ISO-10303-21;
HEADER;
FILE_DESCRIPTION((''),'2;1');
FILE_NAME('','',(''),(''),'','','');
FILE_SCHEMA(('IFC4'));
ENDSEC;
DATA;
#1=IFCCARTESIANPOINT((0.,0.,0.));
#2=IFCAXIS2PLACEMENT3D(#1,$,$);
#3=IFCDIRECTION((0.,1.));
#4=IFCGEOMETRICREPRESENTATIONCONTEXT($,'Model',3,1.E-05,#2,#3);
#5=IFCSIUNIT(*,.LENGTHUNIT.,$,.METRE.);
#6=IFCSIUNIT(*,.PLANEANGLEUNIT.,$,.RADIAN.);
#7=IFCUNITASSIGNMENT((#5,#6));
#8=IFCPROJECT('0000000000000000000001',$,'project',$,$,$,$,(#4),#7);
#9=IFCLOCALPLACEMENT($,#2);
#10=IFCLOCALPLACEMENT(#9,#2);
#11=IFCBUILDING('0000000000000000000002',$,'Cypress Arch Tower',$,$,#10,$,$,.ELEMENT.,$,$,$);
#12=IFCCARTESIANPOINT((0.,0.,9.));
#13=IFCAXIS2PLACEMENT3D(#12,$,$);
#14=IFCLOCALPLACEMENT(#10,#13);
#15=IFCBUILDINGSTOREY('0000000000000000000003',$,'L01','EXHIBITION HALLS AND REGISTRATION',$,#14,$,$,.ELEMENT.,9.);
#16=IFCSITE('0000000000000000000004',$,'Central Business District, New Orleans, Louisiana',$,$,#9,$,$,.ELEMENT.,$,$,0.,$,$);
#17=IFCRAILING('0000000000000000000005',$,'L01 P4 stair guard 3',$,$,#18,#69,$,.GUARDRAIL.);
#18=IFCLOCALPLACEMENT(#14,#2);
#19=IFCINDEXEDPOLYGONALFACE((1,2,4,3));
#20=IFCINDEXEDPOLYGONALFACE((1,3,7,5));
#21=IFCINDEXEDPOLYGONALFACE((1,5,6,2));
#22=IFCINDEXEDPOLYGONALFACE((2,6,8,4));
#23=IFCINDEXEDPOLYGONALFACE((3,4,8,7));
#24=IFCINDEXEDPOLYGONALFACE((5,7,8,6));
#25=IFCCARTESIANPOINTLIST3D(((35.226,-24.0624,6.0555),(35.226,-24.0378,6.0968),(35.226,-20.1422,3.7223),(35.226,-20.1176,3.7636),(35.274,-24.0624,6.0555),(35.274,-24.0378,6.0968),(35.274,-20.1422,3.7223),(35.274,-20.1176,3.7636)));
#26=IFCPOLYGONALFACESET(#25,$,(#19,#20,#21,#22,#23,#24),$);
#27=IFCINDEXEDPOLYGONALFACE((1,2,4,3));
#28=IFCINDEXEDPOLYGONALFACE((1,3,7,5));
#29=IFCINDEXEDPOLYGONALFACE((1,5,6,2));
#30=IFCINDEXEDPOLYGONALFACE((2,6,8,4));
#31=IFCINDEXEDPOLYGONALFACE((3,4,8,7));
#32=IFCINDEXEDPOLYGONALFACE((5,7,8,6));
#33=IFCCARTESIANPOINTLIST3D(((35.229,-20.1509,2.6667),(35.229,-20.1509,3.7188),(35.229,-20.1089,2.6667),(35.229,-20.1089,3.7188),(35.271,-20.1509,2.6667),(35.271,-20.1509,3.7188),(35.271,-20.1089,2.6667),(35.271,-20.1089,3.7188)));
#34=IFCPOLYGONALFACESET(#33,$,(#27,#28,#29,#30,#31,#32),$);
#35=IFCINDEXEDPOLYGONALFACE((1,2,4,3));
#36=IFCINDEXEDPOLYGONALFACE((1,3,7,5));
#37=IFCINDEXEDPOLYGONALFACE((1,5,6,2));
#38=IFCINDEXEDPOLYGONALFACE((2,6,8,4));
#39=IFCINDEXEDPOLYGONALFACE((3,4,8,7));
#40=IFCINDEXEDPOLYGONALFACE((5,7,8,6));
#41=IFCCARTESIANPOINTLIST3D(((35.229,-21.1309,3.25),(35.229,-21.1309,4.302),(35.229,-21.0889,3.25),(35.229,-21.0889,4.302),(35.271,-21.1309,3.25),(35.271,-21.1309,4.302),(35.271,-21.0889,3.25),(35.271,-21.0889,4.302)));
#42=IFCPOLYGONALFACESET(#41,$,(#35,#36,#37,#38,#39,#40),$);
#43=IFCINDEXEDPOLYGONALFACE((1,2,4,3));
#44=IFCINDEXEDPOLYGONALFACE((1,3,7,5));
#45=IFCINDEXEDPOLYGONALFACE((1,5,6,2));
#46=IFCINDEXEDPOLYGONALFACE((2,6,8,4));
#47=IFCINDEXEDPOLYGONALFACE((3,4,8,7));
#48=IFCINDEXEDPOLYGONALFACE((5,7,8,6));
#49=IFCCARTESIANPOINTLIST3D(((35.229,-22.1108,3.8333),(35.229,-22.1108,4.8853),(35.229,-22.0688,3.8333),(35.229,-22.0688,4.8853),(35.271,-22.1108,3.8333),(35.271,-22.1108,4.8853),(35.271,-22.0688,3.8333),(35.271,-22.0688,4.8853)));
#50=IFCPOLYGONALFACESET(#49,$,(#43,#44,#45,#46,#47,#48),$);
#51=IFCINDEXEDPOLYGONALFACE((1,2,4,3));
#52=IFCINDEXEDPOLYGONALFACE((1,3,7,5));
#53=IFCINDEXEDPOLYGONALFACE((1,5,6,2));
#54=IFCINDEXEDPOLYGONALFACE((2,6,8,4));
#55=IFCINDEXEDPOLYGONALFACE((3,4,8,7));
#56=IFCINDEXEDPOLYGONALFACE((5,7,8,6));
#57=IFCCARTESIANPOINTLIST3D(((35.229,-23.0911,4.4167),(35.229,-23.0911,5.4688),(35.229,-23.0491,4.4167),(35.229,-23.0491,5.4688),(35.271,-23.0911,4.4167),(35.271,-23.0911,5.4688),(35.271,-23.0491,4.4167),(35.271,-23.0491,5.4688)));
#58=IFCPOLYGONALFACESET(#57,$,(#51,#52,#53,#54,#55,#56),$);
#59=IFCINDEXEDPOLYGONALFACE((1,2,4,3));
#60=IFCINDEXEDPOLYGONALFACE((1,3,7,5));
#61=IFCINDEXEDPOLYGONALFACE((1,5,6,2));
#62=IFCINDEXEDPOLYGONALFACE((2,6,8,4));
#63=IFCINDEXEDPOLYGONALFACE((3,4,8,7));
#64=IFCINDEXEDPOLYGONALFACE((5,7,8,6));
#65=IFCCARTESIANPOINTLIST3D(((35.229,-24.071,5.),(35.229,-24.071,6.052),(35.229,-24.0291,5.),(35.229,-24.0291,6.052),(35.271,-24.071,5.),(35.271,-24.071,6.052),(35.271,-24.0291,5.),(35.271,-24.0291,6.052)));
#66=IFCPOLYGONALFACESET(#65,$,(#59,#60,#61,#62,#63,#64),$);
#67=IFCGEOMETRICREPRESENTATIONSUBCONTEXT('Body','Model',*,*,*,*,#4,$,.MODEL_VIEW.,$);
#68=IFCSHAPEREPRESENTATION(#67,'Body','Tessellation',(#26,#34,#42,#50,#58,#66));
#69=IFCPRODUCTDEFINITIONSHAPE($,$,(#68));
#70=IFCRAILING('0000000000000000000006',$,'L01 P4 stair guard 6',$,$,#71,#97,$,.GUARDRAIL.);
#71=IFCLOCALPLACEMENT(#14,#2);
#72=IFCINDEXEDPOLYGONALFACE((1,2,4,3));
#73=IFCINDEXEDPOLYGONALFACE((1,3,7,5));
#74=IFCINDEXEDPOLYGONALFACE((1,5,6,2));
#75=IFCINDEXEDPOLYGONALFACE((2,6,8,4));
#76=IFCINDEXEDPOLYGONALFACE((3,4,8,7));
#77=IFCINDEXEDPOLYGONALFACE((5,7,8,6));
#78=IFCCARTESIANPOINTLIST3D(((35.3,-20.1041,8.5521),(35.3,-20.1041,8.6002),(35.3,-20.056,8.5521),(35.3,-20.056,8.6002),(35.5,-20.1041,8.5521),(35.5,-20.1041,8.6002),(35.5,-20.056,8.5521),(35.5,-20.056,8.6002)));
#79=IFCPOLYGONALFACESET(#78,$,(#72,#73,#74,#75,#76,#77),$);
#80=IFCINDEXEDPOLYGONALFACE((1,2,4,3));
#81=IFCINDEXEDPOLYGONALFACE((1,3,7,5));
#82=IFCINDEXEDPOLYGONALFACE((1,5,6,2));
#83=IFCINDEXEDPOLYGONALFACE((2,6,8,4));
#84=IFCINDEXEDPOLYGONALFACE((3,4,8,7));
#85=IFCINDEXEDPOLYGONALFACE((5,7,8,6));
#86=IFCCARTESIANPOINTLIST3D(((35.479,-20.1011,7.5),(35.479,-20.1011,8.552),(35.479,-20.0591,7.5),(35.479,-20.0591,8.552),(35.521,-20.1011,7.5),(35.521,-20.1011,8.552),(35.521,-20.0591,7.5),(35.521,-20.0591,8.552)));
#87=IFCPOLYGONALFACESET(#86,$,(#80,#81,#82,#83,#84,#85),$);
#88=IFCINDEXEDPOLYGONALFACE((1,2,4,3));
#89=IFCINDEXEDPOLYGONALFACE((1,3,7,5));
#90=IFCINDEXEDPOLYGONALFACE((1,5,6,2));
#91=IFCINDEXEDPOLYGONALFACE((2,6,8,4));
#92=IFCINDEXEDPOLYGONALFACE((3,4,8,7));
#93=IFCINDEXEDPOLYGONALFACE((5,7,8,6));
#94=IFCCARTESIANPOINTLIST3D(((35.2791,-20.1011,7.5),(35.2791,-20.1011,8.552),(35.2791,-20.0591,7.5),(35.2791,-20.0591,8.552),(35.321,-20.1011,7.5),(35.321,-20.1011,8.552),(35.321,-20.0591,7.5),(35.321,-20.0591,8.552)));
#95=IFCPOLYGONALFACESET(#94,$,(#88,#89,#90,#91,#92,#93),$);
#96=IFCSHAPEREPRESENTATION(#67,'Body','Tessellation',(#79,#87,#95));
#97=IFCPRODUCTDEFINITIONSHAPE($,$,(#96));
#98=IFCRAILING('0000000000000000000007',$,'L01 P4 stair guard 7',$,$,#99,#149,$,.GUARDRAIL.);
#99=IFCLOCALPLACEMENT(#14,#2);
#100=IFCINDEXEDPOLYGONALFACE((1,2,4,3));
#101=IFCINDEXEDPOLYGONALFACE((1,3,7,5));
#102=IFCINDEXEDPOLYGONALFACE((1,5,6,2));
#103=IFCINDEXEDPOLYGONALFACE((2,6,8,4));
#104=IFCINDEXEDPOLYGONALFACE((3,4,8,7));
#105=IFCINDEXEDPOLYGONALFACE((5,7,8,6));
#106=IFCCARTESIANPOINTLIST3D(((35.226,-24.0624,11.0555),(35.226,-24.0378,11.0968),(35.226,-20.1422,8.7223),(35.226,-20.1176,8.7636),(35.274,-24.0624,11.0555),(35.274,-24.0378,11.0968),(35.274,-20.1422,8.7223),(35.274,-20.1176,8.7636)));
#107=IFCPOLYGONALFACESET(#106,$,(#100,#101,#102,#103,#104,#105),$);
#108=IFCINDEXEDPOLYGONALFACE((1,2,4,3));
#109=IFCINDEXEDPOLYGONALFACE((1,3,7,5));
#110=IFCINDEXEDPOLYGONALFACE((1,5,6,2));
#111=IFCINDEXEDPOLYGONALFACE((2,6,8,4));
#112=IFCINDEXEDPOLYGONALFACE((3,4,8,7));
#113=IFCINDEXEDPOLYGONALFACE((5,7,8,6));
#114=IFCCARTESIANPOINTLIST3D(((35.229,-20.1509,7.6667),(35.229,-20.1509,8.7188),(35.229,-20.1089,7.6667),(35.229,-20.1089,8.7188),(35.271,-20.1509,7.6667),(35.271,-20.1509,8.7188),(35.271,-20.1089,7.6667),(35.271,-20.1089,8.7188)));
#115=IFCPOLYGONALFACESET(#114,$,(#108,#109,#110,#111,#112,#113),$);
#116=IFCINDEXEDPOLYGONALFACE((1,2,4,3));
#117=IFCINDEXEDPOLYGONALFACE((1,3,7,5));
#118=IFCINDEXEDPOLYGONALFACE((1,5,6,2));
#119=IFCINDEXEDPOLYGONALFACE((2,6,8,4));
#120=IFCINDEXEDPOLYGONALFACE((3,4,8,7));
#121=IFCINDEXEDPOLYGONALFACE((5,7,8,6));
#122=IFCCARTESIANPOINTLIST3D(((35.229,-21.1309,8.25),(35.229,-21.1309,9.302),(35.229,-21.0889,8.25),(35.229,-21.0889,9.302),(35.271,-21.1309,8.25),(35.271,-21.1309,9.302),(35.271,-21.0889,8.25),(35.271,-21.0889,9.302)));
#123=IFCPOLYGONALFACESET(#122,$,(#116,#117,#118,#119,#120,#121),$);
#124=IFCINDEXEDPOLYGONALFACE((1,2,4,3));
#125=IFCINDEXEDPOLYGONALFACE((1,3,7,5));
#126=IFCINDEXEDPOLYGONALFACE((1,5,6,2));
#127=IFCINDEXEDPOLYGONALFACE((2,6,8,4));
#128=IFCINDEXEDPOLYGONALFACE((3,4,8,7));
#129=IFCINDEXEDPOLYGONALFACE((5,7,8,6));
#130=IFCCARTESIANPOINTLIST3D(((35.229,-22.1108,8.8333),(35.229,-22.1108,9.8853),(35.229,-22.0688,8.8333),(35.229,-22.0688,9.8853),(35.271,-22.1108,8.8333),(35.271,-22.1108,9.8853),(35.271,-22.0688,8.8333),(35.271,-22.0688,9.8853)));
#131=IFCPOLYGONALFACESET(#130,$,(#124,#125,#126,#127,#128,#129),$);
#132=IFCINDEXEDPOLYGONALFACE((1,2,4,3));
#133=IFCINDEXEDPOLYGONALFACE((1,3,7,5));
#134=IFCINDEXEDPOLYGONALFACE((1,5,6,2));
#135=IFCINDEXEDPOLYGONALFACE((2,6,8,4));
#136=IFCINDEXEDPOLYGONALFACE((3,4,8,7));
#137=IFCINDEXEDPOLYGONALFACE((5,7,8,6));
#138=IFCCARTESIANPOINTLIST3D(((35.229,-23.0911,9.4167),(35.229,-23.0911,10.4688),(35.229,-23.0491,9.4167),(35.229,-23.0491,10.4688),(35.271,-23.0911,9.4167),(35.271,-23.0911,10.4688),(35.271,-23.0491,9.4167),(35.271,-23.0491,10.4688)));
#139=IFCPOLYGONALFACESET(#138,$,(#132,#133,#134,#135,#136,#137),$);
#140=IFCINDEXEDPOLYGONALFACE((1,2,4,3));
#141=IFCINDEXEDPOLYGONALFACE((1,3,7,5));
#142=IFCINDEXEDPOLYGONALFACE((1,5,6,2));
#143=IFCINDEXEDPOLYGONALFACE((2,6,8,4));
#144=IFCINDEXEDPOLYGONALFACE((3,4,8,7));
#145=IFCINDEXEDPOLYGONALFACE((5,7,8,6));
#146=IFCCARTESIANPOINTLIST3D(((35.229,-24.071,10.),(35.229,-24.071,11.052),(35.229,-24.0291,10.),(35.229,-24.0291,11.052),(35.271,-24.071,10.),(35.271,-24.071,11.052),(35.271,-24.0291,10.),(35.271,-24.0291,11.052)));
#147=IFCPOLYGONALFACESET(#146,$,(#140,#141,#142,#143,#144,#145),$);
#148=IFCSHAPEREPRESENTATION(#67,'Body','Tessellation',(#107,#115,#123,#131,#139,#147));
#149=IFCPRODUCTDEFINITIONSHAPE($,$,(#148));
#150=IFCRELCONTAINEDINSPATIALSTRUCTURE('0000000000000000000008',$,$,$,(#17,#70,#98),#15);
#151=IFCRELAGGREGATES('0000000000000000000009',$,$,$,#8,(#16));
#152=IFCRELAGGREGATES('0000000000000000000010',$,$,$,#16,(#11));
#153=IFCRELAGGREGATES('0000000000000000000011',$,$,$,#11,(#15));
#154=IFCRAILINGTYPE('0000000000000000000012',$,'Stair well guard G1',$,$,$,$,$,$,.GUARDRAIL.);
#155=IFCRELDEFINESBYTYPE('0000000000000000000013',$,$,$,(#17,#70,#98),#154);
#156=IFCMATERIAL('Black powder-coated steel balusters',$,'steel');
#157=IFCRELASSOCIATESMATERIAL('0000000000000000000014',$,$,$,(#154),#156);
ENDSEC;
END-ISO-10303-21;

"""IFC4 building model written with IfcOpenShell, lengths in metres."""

from ifc_helpers import new_model, si_unit, direction, frame, origin, origin_2d, place, context, subcontext, project, spatial, rectangle, extrude, material, type_object, element, save


model = new_model("IFC4")

# Units and contexts
model_context = context("Model", 3, precision=1e-05, world=origin(), true_north=direction((0.0, 1.0)))
body_context = subcontext(model_context, "Body", "Model", "MODEL_VIEW")
ifc_project = project(units=[si_unit("LENGTHUNIT", "METRE"), si_unit("PLANEANGLEUNIT", "RADIAN")], contexts=[model_context])

# Site, building, storey
site_placement = place(None, origin())
site = spatial("IfcSite", under=ifc_project, at=site_placement, Name="Central Business District, New Orleans, Louisiana", CompositionType="ELEMENT", RefElevation=0.0)
building_placement = place(site_placement, origin())
building = spatial("IfcBuilding", under=site, at=building_placement, Name="Cypress Arch Tower", CompositionType="ELEMENT")
storey_placement = place(building_placement, frame((0.0, 0.0, 9.0)))
storey = spatial("IfcBuildingStorey", under=building, at=storey_placement, Name="L01", Description="EXHIBITION HALLS AND REGISTRATION", CompositionType="ELEMENT", Elevation=9.0)

# Railings
ifc_material_1 = material(Name="Black powder-coated steel balusters", Category="steel")
railing_type = type_object("IfcRailingType", Name="Stair well guard G1", PredefinedType="GUARDRAIL", material=ifc_material_1)
railing_1_placement = place(storey_placement, frame((35.25, -20.1299, 2.6667)))
element("IfcRailing", 1, at=railing_1_placement, inside=storey, type_object=railing_type, Name="L01 P4 stair guard 3", PredefinedType="GUARDRAIL", context=body_context, shape_type="SweptSolid", body=[
    extrude(rectangle(XDim=0.0481, YDim=0.0481, at=origin_2d()), frame((0.0, 0.0, 1.0762), z_axis=(0.0, -0.85931, 0.511455), x_axis=(1.0, 0.0, 0.0)), (0.0, 0.0, 1.0), 4.562),
    extrude(rectangle(XDim=0.042, YDim=0.042, at=origin_2d()), origin(), (0.0, 0.0, 1.0), 1.052),
    extrude(rectangle(XDim=0.042, YDim=0.042, at=origin_2d()), frame((0.0, -0.98, 0.5833)), (0.0, 0.0, 1.0), 1.052),
    extrude(rectangle(XDim=0.042, YDim=0.042, at=origin_2d()), frame((0.0, -1.96, 1.1665)), (0.0, 0.0, 1.0), 1.052),
    extrude(rectangle(XDim=0.042, YDim=0.042, at=origin_2d()), frame((0.0, -2.9402, 1.75)), (0.0, 0.0, 1.0), 1.052),
    extrude(rectangle(XDim=0.042, YDim=0.042, at=origin_2d()), frame((0.0, -3.9202, 2.3333)), (0.0, 0.0, 1.0), 1.052),
])
railing_2_placement = place(storey_placement, frame((35.5, -20.0801, 7.5)))
element("IfcRailing", 2, at=railing_2_placement, inside=storey, type_object=railing_type, Name="L01 P4 stair guard 6", PredefinedType="GUARDRAIL", context=body_context, shape_type="SweptSolid", body=[
    extrude(rectangle(XDim=0.0481, YDim=0.0481, at=origin_2d()), frame((0.0, 0.0, 1.0762), z_axis=(-1.0, 0.0, 0.0), x_axis=(0.0, -1.0, 0.0)), (0.0, 0.0, 1.0), 0.2),
    extrude(rectangle(XDim=0.042, YDim=0.042, at=origin_2d()), origin(), (0.0, 0.0, 1.0), 1.052),
    extrude(rectangle(XDim=0.042, YDim=0.042, at=origin_2d()), frame((-0.2, 0.0, 0.0)), (0.0, 0.0, 1.0), 1.052),
])
railing_3_placement = place(storey_placement, frame((35.25, -20.1299, 7.6667)))
element("IfcRailing", 3, at=railing_3_placement, inside=storey, type_object=railing_type, Name="L01 P4 stair guard 7", PredefinedType="GUARDRAIL", context=body_context, shape_type="SweptSolid", body=[
    extrude(rectangle(XDim=0.0481, YDim=0.0481, at=origin_2d()), frame((0.0, 0.0, 1.0762), z_axis=(0.0, -0.85931, 0.511455), x_axis=(1.0, 0.0, 0.0)), (0.0, 0.0, 1.0), 4.562),
    extrude(rectangle(XDim=0.042, YDim=0.042, at=origin_2d()), origin(), (0.0, 0.0, 1.0), 1.052),
    extrude(rectangle(XDim=0.042, YDim=0.042, at=origin_2d()), frame((0.0, -0.98, 0.5833)), (0.0, 0.0, 1.0), 1.052),
    extrude(rectangle(XDim=0.042, YDim=0.042, at=origin_2d()), frame((0.0, -1.96, 1.1665)), (0.0, 0.0, 1.0), 1.052),
    extrude(rectangle(XDim=0.042, YDim=0.042, at=origin_2d()), frame((0.0, -2.9402, 1.75)), (0.0, 0.0, 1.0), 1.052),
    extrude(rectangle(XDim=0.042, YDim=0.042, at=origin_2d()), frame((0.0, -3.9202, 2.3333)), (0.0, 0.0, 1.0), 1.052),
])

save(model, "model.ifc")
